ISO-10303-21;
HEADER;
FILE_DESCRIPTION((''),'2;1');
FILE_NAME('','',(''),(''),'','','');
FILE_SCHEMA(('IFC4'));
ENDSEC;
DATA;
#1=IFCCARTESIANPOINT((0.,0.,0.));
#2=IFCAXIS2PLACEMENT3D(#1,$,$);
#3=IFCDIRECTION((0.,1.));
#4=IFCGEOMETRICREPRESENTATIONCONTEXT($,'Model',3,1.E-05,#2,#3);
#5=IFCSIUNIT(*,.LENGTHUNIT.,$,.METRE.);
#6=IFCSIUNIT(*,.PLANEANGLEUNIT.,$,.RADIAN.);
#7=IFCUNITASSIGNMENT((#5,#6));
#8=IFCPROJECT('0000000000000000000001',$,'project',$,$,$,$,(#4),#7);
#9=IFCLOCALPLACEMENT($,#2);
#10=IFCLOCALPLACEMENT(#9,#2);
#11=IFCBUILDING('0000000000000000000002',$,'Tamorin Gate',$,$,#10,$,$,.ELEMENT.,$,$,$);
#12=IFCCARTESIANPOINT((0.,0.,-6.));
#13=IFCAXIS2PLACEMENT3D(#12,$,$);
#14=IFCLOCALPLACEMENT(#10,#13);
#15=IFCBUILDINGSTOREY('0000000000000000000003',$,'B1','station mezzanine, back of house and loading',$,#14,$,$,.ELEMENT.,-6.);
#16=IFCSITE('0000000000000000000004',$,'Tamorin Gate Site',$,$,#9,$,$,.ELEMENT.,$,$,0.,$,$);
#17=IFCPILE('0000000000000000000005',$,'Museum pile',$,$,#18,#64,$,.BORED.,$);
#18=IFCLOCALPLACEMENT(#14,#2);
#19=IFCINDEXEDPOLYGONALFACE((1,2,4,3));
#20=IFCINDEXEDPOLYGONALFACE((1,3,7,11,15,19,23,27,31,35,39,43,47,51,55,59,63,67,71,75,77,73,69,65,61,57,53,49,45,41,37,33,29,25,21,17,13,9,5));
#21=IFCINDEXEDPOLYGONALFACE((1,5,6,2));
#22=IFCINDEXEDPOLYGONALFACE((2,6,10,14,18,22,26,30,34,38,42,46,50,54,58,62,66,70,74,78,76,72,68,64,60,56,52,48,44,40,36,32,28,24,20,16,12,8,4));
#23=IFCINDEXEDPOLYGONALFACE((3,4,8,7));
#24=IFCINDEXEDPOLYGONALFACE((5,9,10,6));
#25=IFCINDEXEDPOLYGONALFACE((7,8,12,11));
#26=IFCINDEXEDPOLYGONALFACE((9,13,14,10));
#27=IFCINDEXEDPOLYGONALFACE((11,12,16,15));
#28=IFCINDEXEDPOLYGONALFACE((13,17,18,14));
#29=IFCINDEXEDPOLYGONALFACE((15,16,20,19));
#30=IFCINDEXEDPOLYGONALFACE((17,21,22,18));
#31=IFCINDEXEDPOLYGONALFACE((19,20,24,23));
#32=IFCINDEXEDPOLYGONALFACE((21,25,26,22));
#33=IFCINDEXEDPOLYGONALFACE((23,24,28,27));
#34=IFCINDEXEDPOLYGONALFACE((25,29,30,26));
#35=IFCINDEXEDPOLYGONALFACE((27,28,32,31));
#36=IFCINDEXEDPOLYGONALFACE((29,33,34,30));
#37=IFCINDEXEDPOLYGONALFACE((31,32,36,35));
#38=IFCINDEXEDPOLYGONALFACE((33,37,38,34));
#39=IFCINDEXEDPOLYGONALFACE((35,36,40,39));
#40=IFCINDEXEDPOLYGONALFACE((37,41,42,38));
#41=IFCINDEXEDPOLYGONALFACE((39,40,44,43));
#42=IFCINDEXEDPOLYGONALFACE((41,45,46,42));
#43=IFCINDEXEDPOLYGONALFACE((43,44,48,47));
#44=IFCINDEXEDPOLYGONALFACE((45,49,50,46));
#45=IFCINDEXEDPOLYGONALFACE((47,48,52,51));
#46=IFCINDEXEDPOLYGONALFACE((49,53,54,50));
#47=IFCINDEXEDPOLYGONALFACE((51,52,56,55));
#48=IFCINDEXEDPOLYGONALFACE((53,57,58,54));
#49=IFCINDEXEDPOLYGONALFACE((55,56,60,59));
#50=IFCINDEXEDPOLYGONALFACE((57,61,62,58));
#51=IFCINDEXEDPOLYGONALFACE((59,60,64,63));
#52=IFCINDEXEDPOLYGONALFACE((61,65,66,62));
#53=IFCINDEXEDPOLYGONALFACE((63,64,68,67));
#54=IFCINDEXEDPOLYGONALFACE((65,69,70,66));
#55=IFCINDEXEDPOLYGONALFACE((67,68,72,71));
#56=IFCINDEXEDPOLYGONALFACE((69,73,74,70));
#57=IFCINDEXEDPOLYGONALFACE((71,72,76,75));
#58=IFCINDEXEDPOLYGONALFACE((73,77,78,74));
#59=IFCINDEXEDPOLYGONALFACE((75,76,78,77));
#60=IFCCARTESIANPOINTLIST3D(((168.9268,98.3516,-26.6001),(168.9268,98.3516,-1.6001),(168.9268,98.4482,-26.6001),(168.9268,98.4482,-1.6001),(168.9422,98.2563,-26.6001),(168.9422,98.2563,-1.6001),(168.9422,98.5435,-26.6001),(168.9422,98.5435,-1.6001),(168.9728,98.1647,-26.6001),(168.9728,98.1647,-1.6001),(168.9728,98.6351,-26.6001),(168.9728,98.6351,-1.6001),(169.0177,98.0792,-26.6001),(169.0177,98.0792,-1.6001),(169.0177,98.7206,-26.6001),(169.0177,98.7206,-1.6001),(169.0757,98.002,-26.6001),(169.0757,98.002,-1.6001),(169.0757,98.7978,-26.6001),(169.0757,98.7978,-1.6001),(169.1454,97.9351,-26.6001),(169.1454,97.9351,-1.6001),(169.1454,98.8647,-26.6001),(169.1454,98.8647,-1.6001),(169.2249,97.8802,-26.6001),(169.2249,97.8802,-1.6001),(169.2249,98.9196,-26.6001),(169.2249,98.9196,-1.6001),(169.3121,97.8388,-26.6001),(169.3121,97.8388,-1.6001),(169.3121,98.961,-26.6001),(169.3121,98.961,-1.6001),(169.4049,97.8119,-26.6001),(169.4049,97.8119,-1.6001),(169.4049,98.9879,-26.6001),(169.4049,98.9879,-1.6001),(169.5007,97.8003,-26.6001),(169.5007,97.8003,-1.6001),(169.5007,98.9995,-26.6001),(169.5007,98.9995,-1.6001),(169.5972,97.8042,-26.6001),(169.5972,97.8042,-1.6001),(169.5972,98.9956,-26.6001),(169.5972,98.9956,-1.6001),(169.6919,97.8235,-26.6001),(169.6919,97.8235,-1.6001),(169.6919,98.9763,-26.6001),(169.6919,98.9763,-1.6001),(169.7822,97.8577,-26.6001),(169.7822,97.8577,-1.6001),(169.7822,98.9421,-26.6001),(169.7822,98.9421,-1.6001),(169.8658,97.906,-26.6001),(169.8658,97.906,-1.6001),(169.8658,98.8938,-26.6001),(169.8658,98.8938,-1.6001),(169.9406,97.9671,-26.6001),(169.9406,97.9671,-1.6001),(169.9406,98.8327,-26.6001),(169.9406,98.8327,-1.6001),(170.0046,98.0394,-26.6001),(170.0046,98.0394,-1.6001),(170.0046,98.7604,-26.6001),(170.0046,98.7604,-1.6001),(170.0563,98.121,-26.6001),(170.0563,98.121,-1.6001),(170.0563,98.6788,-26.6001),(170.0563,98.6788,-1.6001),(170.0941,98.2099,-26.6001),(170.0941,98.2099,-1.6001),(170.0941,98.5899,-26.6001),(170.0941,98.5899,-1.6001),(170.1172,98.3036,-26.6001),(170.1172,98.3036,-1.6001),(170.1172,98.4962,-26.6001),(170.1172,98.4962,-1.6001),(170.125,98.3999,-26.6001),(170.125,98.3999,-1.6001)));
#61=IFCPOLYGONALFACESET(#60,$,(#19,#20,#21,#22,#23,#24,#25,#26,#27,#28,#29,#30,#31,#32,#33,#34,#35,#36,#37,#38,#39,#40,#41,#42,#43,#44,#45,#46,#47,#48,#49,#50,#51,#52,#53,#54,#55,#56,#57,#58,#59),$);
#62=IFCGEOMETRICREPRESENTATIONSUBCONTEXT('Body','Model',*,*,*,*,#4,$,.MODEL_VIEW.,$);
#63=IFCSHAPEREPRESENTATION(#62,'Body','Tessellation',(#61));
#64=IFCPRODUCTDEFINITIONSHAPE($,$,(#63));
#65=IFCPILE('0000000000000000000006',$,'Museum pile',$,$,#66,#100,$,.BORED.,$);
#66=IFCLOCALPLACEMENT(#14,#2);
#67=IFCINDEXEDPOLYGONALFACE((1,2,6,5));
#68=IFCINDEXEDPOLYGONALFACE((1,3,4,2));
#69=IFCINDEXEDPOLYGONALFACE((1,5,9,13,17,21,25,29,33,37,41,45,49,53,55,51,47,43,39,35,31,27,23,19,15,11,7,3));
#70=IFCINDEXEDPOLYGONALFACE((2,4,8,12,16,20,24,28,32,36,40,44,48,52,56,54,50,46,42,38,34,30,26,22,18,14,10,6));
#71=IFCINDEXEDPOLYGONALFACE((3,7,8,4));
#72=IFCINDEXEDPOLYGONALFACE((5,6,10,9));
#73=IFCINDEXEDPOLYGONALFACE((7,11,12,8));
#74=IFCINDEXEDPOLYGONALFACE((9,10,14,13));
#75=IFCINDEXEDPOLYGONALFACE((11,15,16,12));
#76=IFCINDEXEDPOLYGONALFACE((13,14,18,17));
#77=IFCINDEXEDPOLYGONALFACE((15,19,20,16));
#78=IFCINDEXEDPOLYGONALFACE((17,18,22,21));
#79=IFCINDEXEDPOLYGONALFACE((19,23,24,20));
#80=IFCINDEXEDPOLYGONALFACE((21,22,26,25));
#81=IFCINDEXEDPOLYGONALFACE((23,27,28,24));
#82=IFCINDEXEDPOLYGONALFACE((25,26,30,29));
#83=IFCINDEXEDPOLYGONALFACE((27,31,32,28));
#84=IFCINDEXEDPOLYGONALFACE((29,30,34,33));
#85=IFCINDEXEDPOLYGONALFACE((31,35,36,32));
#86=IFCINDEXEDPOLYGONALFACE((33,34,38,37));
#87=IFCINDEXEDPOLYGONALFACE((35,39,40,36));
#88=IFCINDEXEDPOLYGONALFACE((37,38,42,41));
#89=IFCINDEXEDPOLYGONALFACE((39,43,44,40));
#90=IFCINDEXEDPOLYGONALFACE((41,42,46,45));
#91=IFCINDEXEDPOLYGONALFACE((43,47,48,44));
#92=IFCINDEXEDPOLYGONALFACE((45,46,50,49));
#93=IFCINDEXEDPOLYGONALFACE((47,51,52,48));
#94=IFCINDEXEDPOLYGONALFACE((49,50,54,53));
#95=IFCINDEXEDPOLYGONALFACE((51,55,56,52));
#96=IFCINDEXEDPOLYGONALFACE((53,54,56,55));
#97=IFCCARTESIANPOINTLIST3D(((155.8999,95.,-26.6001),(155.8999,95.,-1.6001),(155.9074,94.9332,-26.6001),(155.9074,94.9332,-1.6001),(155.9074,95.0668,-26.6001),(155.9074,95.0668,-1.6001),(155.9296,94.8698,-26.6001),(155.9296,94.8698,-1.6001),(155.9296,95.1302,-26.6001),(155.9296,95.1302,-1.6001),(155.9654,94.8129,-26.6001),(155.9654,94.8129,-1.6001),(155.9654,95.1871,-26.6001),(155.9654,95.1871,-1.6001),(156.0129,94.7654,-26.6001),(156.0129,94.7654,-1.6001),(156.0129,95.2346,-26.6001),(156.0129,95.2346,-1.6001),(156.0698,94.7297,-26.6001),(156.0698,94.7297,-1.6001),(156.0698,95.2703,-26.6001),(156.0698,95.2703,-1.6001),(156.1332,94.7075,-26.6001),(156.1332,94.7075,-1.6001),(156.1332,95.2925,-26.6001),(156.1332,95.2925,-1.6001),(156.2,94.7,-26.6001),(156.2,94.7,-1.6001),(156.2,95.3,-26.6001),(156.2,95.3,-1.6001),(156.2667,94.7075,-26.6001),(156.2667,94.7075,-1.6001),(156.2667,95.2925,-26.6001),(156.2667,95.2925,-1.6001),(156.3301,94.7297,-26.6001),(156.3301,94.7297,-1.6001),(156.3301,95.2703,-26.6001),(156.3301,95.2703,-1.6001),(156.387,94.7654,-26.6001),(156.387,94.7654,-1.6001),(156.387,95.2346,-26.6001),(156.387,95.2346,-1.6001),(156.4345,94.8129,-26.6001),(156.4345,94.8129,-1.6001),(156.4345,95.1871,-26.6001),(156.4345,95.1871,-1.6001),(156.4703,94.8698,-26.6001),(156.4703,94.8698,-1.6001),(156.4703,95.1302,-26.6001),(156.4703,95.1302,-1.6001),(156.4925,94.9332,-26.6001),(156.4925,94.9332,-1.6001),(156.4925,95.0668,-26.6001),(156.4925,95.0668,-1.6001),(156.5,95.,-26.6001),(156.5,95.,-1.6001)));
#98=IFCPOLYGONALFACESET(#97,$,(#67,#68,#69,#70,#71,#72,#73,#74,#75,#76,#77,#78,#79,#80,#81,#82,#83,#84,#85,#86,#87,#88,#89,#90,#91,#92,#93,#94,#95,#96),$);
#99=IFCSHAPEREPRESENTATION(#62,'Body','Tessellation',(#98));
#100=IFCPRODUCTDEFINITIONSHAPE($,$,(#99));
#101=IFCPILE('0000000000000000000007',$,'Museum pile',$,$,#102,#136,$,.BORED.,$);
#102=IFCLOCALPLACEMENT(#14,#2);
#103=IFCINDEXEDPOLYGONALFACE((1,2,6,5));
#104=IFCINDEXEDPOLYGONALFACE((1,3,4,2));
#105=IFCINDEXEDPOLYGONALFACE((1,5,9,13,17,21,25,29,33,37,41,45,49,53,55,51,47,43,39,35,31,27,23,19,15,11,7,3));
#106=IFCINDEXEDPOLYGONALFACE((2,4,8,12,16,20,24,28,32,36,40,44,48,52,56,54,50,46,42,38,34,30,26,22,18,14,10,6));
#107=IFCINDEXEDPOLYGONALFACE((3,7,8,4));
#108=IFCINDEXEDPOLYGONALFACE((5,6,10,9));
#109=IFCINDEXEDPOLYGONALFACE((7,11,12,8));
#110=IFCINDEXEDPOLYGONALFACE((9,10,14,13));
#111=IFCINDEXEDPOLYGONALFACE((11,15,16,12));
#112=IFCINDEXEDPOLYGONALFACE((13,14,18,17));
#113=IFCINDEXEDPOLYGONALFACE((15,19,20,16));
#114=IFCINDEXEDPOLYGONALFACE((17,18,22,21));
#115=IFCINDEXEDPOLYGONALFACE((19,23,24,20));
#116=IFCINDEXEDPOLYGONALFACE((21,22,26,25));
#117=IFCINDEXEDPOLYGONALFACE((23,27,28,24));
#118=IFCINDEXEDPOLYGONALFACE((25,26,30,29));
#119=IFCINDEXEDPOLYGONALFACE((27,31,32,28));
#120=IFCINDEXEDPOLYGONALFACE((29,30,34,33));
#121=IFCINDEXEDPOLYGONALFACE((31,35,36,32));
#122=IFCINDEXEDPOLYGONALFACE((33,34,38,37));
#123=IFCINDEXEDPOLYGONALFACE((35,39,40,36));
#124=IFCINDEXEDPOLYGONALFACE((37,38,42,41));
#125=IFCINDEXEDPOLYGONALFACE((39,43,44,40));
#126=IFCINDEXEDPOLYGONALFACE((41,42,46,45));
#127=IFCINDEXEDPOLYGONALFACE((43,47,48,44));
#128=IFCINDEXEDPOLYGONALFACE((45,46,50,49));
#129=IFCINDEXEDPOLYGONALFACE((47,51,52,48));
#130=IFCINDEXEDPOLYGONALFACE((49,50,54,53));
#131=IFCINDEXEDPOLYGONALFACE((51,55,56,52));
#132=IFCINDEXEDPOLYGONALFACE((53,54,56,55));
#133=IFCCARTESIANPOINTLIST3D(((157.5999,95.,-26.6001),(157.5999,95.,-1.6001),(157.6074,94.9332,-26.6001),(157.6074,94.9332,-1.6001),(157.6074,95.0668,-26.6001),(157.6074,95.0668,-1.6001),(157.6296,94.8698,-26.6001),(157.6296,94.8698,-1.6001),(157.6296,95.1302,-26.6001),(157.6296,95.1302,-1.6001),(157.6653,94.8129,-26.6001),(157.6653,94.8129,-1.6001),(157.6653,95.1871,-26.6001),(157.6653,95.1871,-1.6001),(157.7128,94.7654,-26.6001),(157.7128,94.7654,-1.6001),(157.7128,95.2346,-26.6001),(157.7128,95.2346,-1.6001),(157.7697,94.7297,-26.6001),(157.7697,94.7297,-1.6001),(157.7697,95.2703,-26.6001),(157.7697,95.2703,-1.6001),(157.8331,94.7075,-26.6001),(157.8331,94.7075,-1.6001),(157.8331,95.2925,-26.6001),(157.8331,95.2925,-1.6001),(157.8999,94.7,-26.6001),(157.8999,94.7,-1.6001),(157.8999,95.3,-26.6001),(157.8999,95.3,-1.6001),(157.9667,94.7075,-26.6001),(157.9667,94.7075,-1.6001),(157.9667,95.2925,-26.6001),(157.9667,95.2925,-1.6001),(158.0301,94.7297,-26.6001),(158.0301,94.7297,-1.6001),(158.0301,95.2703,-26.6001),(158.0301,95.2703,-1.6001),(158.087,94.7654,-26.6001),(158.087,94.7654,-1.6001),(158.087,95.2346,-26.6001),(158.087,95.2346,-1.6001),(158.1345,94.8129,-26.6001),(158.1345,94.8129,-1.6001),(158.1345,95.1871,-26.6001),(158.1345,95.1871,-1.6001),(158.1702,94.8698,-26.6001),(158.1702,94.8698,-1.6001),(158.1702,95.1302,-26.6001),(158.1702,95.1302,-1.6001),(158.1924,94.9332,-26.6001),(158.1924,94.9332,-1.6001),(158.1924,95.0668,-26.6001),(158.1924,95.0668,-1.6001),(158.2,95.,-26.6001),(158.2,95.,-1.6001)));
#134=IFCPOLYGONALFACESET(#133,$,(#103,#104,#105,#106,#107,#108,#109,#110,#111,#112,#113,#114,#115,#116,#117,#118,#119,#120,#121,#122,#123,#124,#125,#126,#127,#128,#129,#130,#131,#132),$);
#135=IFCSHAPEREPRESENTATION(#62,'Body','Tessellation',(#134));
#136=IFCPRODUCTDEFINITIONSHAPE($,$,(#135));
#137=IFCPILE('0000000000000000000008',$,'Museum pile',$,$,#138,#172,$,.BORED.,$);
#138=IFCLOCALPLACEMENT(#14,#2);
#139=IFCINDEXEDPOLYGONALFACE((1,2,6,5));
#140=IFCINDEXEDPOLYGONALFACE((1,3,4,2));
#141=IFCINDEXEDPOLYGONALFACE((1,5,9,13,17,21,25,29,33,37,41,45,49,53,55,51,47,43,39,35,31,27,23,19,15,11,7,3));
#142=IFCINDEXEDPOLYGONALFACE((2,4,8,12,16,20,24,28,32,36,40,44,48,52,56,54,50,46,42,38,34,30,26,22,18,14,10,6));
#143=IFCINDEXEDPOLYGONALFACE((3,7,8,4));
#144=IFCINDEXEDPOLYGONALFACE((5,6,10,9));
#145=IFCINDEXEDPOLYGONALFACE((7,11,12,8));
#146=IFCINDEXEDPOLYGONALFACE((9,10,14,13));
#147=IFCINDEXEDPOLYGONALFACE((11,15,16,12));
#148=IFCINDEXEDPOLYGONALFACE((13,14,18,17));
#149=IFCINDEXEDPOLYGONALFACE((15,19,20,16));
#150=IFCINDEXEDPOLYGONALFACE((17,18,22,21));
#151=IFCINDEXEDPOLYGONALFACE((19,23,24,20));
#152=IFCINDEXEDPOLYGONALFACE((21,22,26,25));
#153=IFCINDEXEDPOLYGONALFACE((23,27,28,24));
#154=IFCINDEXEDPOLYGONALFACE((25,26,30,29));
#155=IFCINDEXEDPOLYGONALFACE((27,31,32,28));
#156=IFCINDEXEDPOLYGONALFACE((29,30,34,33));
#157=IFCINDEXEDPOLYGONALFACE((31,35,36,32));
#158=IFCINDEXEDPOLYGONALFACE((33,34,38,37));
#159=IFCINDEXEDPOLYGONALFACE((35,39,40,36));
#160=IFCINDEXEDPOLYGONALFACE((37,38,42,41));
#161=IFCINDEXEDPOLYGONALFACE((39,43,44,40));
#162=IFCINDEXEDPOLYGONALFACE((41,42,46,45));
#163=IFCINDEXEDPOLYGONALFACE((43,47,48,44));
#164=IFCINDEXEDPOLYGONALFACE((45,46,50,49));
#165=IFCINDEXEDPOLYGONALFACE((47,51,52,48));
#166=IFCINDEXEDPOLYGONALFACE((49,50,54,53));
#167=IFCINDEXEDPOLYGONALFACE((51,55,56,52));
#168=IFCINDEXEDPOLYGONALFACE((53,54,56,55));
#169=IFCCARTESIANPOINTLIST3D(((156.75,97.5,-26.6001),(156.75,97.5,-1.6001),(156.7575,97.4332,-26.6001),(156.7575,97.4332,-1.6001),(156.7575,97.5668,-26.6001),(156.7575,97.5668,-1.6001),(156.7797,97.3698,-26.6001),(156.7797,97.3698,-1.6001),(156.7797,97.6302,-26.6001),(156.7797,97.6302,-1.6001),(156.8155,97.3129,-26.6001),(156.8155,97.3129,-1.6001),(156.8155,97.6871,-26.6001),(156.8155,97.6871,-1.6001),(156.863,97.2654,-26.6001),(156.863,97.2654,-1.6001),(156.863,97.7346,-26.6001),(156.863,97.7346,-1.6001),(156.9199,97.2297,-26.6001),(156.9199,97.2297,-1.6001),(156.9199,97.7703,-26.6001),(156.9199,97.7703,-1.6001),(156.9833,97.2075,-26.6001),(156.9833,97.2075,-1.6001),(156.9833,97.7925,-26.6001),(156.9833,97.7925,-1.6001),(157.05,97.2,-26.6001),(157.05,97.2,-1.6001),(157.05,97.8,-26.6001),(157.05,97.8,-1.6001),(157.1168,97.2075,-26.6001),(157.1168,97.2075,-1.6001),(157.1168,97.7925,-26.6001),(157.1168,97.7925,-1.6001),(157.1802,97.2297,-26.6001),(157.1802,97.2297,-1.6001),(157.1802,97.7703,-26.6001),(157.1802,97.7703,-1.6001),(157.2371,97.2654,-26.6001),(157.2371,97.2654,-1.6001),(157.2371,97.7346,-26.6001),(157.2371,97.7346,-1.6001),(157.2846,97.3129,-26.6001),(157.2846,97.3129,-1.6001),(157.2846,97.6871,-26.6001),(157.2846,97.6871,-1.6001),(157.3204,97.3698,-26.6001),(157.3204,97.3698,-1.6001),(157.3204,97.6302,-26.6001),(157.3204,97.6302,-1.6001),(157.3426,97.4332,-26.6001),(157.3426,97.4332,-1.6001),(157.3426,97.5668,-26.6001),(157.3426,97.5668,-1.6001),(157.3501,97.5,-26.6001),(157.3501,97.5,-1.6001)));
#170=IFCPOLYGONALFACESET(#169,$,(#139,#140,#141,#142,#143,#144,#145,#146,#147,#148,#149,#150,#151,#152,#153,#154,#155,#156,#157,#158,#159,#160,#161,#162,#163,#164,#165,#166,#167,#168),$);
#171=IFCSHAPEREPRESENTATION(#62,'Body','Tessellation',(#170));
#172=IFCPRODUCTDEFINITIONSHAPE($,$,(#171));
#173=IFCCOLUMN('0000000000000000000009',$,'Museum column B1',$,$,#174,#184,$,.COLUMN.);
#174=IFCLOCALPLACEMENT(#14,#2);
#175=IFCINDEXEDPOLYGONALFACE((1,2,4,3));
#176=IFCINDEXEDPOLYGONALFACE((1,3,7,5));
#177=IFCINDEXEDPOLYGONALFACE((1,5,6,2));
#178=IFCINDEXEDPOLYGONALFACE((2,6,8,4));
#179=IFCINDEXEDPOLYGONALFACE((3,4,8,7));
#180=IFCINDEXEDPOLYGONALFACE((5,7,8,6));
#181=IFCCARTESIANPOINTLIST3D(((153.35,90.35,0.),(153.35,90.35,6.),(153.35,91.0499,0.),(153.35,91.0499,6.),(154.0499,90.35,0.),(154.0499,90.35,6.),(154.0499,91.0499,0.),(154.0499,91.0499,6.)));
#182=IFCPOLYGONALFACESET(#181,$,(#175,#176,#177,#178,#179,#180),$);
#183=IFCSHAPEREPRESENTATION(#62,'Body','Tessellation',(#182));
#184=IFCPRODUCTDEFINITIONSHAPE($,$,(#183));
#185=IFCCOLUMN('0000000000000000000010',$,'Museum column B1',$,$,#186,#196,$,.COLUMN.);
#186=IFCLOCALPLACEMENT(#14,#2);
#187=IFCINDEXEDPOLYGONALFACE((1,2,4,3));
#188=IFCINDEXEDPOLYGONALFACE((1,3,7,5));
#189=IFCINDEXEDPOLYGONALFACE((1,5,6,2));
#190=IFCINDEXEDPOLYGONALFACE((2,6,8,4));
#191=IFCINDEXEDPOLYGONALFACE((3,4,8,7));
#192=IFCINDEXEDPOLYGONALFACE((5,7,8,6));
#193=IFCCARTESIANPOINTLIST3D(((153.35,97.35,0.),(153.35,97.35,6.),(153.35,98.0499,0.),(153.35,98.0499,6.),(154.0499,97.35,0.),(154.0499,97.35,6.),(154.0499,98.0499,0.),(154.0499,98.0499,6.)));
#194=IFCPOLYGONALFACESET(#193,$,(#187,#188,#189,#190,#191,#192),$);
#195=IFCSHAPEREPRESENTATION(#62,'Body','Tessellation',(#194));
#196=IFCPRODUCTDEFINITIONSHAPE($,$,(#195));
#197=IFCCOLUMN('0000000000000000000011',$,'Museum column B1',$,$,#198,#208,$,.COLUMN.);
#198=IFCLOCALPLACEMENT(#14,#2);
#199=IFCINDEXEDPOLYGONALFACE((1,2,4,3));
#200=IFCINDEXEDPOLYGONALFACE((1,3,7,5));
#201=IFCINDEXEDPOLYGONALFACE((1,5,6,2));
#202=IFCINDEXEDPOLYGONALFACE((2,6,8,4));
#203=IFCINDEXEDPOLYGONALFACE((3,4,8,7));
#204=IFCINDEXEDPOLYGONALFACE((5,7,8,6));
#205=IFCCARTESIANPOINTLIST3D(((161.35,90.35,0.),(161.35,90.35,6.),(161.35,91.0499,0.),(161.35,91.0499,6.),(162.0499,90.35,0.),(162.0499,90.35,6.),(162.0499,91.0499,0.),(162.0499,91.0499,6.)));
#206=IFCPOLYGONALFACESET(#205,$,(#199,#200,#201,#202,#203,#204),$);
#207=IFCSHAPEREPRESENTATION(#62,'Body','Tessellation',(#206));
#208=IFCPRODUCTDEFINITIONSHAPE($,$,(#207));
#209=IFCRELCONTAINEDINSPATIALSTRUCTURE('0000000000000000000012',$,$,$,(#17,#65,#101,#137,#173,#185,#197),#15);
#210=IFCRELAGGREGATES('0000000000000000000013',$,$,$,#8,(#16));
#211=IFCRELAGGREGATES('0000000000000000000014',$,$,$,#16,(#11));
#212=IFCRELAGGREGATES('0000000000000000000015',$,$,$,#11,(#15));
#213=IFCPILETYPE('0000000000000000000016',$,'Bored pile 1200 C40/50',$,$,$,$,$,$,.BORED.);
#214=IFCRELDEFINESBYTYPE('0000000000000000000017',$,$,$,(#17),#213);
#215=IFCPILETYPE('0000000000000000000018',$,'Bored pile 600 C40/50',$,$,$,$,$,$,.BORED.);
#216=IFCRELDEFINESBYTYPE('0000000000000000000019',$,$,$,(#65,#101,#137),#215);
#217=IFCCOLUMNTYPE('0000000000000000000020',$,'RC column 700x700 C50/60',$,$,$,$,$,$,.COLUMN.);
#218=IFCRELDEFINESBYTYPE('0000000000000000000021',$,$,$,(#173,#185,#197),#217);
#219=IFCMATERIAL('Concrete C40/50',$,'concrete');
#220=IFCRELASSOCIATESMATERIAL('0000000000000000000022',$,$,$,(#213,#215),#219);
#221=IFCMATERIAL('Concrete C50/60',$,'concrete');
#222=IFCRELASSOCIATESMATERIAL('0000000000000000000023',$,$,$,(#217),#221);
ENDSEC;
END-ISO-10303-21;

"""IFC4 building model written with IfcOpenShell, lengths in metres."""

from ifc_helpers import new_model, si_unit, direction, frame, origin, origin_2d, place, context, subcontext, project, spatial, rectangle, circle, extrude, material, material_profile, profile_set, type_object, element, save


model = new_model("IFC4")

# Units and contexts
model_context = context("Model", 3, precision=1e-05, world=origin(), true_north=direction((0.0, 1.0)))
body_context = subcontext(model_context, "Body", "Model", "MODEL_VIEW")
ifc_project = project(units=[si_unit("LENGTHUNIT", "METRE"), si_unit("PLANEANGLEUNIT", "RADIAN")], contexts=[model_context])

# Site, building, storey
site_placement = place(None, origin())
site = spatial("IfcSite", under=ifc_project, at=site_placement, Name="Tamorin Gate Site", CompositionType="ELEMENT", RefElevation=0.0)
building_placement = place(site_placement, origin())
building = spatial("IfcBuilding", under=site, at=building_placement, Name="Tamorin Gate", CompositionType="ELEMENT")
storey_placement = place(building_placement, frame((0.0, 0.0, -6.0)))
storey = spatial("IfcBuildingStorey", under=building, at=storey_placement, Name="B1", Description="station mezzanine, back of house and loading", CompositionType="ELEMENT", Elevation=-6.0)

# Piles
ifc_material_1 = material(Name="Concrete C40/50", Category="concrete")
ifc_material_profile_1 = material_profile(ifc_material_1, circle(Radius=0.6001, at=origin_2d()))
ifc_profile_set_1 = profile_set([ifc_material_profile_1], Name="Concrete C40/50")
pile_type_1 = type_object("IfcPileType", Name="Bored pile 1200 C40/50", PredefinedType="BORED", material=ifc_profile_set_1)
for number, where, z_axis, x_axis, name in (
    (1, (169.5249, 98.3999, -1.6001), (0.0, 0.0, -1.0), (1.0, 0.0, 0.0), "Museum pile"),
):
    element("IfcPile", number, at=place(storey_placement, frame(where, z_axis=z_axis, x_axis=x_axis)), inside=storey, type_object=pile_type_1, Name=name, PredefinedType="BORED", context=body_context, shape_type="SweptSolid", body=[
        extrude(circle(Radius=0.6001, at=origin_2d()), origin(), (0.0, 0.0, 1.0), 25.0),
    ])
ifc_material_profile_2 = material_profile(ifc_material_1, circle(Radius=0.3, at=origin_2d()))
ifc_profile_set_2 = profile_set([ifc_material_profile_2], Name="Concrete C40/50")
pile_type_2 = type_object("IfcPileType", Name="Bored pile 600 C40/50", PredefinedType="BORED", material=ifc_profile_set_2)
for number, where, z_axis, x_axis, name in (
    (2, (156.2, 95.0, -1.6001), (0.0, 0.0, -1.0), (1.0, 0.0, 0.0), "Museum pile"),
    (3, (157.8999, 95.0, -1.6001), (0.0, 0.0, -1.0), (1.0, 0.0, 0.0), "Museum pile"),
    (4, (157.05, 97.5, -1.6001), (0.0, 0.0, -1.0), (1.0, 0.0, 0.0), "Museum pile"),
):
    element("IfcPile", number, at=place(storey_placement, frame(where, z_axis=z_axis, x_axis=x_axis)), inside=storey, type_object=pile_type_2, Name=name, PredefinedType="BORED", context=body_context, shape_type="SweptSolid", body=[
        extrude(circle(Radius=0.3, at=origin_2d()), origin(), (0.0, 0.0, 1.0), 25.0),
    ])

# Columns
ifc_material_2 = material(Name="Concrete C50/60", Category="concrete")
ifc_material_profile_3 = material_profile(ifc_material_2, rectangle(XDim=0.7, YDim=0.7, at=origin_2d()), Name="RC 700x700")
ifc_profile_set_3 = profile_set([ifc_material_profile_3], Name="Concrete C50/60")
column_type = type_object("IfcColumnType", Name="RC column 700x700 C50/60", PredefinedType="COLUMN", material=ifc_profile_set_3)
for number, where, z_axis, x_axis, name in (
    (5, (153.7, 90.7, 0.0), (0.0, 0.0, 1.0), (1.0, 0.0, 0.0), "Museum column B1"),
    (6, (153.7, 97.7, 0.0), (0.0, 0.0, 1.0), (1.0, 0.0, 0.0), "Museum column B1"),
    (7, (161.7, 90.7, 0.0), (0.0, 0.0, 1.0), (1.0, 0.0, 0.0), "Museum column B1"),
):
    element("IfcColumn", number, at=place(storey_placement, frame(where, z_axis=z_axis, x_axis=x_axis)), inside=storey, type_object=column_type, Name=name, PredefinedType="COLUMN", context=body_context, shape_type="SweptSolid", body=[
        extrude(rectangle(XDim=0.7, YDim=0.7, at=origin_2d()), origin(), (0.0, 0.0, 1.0), 6.0),
    ])

save(model, "model.ifc")
